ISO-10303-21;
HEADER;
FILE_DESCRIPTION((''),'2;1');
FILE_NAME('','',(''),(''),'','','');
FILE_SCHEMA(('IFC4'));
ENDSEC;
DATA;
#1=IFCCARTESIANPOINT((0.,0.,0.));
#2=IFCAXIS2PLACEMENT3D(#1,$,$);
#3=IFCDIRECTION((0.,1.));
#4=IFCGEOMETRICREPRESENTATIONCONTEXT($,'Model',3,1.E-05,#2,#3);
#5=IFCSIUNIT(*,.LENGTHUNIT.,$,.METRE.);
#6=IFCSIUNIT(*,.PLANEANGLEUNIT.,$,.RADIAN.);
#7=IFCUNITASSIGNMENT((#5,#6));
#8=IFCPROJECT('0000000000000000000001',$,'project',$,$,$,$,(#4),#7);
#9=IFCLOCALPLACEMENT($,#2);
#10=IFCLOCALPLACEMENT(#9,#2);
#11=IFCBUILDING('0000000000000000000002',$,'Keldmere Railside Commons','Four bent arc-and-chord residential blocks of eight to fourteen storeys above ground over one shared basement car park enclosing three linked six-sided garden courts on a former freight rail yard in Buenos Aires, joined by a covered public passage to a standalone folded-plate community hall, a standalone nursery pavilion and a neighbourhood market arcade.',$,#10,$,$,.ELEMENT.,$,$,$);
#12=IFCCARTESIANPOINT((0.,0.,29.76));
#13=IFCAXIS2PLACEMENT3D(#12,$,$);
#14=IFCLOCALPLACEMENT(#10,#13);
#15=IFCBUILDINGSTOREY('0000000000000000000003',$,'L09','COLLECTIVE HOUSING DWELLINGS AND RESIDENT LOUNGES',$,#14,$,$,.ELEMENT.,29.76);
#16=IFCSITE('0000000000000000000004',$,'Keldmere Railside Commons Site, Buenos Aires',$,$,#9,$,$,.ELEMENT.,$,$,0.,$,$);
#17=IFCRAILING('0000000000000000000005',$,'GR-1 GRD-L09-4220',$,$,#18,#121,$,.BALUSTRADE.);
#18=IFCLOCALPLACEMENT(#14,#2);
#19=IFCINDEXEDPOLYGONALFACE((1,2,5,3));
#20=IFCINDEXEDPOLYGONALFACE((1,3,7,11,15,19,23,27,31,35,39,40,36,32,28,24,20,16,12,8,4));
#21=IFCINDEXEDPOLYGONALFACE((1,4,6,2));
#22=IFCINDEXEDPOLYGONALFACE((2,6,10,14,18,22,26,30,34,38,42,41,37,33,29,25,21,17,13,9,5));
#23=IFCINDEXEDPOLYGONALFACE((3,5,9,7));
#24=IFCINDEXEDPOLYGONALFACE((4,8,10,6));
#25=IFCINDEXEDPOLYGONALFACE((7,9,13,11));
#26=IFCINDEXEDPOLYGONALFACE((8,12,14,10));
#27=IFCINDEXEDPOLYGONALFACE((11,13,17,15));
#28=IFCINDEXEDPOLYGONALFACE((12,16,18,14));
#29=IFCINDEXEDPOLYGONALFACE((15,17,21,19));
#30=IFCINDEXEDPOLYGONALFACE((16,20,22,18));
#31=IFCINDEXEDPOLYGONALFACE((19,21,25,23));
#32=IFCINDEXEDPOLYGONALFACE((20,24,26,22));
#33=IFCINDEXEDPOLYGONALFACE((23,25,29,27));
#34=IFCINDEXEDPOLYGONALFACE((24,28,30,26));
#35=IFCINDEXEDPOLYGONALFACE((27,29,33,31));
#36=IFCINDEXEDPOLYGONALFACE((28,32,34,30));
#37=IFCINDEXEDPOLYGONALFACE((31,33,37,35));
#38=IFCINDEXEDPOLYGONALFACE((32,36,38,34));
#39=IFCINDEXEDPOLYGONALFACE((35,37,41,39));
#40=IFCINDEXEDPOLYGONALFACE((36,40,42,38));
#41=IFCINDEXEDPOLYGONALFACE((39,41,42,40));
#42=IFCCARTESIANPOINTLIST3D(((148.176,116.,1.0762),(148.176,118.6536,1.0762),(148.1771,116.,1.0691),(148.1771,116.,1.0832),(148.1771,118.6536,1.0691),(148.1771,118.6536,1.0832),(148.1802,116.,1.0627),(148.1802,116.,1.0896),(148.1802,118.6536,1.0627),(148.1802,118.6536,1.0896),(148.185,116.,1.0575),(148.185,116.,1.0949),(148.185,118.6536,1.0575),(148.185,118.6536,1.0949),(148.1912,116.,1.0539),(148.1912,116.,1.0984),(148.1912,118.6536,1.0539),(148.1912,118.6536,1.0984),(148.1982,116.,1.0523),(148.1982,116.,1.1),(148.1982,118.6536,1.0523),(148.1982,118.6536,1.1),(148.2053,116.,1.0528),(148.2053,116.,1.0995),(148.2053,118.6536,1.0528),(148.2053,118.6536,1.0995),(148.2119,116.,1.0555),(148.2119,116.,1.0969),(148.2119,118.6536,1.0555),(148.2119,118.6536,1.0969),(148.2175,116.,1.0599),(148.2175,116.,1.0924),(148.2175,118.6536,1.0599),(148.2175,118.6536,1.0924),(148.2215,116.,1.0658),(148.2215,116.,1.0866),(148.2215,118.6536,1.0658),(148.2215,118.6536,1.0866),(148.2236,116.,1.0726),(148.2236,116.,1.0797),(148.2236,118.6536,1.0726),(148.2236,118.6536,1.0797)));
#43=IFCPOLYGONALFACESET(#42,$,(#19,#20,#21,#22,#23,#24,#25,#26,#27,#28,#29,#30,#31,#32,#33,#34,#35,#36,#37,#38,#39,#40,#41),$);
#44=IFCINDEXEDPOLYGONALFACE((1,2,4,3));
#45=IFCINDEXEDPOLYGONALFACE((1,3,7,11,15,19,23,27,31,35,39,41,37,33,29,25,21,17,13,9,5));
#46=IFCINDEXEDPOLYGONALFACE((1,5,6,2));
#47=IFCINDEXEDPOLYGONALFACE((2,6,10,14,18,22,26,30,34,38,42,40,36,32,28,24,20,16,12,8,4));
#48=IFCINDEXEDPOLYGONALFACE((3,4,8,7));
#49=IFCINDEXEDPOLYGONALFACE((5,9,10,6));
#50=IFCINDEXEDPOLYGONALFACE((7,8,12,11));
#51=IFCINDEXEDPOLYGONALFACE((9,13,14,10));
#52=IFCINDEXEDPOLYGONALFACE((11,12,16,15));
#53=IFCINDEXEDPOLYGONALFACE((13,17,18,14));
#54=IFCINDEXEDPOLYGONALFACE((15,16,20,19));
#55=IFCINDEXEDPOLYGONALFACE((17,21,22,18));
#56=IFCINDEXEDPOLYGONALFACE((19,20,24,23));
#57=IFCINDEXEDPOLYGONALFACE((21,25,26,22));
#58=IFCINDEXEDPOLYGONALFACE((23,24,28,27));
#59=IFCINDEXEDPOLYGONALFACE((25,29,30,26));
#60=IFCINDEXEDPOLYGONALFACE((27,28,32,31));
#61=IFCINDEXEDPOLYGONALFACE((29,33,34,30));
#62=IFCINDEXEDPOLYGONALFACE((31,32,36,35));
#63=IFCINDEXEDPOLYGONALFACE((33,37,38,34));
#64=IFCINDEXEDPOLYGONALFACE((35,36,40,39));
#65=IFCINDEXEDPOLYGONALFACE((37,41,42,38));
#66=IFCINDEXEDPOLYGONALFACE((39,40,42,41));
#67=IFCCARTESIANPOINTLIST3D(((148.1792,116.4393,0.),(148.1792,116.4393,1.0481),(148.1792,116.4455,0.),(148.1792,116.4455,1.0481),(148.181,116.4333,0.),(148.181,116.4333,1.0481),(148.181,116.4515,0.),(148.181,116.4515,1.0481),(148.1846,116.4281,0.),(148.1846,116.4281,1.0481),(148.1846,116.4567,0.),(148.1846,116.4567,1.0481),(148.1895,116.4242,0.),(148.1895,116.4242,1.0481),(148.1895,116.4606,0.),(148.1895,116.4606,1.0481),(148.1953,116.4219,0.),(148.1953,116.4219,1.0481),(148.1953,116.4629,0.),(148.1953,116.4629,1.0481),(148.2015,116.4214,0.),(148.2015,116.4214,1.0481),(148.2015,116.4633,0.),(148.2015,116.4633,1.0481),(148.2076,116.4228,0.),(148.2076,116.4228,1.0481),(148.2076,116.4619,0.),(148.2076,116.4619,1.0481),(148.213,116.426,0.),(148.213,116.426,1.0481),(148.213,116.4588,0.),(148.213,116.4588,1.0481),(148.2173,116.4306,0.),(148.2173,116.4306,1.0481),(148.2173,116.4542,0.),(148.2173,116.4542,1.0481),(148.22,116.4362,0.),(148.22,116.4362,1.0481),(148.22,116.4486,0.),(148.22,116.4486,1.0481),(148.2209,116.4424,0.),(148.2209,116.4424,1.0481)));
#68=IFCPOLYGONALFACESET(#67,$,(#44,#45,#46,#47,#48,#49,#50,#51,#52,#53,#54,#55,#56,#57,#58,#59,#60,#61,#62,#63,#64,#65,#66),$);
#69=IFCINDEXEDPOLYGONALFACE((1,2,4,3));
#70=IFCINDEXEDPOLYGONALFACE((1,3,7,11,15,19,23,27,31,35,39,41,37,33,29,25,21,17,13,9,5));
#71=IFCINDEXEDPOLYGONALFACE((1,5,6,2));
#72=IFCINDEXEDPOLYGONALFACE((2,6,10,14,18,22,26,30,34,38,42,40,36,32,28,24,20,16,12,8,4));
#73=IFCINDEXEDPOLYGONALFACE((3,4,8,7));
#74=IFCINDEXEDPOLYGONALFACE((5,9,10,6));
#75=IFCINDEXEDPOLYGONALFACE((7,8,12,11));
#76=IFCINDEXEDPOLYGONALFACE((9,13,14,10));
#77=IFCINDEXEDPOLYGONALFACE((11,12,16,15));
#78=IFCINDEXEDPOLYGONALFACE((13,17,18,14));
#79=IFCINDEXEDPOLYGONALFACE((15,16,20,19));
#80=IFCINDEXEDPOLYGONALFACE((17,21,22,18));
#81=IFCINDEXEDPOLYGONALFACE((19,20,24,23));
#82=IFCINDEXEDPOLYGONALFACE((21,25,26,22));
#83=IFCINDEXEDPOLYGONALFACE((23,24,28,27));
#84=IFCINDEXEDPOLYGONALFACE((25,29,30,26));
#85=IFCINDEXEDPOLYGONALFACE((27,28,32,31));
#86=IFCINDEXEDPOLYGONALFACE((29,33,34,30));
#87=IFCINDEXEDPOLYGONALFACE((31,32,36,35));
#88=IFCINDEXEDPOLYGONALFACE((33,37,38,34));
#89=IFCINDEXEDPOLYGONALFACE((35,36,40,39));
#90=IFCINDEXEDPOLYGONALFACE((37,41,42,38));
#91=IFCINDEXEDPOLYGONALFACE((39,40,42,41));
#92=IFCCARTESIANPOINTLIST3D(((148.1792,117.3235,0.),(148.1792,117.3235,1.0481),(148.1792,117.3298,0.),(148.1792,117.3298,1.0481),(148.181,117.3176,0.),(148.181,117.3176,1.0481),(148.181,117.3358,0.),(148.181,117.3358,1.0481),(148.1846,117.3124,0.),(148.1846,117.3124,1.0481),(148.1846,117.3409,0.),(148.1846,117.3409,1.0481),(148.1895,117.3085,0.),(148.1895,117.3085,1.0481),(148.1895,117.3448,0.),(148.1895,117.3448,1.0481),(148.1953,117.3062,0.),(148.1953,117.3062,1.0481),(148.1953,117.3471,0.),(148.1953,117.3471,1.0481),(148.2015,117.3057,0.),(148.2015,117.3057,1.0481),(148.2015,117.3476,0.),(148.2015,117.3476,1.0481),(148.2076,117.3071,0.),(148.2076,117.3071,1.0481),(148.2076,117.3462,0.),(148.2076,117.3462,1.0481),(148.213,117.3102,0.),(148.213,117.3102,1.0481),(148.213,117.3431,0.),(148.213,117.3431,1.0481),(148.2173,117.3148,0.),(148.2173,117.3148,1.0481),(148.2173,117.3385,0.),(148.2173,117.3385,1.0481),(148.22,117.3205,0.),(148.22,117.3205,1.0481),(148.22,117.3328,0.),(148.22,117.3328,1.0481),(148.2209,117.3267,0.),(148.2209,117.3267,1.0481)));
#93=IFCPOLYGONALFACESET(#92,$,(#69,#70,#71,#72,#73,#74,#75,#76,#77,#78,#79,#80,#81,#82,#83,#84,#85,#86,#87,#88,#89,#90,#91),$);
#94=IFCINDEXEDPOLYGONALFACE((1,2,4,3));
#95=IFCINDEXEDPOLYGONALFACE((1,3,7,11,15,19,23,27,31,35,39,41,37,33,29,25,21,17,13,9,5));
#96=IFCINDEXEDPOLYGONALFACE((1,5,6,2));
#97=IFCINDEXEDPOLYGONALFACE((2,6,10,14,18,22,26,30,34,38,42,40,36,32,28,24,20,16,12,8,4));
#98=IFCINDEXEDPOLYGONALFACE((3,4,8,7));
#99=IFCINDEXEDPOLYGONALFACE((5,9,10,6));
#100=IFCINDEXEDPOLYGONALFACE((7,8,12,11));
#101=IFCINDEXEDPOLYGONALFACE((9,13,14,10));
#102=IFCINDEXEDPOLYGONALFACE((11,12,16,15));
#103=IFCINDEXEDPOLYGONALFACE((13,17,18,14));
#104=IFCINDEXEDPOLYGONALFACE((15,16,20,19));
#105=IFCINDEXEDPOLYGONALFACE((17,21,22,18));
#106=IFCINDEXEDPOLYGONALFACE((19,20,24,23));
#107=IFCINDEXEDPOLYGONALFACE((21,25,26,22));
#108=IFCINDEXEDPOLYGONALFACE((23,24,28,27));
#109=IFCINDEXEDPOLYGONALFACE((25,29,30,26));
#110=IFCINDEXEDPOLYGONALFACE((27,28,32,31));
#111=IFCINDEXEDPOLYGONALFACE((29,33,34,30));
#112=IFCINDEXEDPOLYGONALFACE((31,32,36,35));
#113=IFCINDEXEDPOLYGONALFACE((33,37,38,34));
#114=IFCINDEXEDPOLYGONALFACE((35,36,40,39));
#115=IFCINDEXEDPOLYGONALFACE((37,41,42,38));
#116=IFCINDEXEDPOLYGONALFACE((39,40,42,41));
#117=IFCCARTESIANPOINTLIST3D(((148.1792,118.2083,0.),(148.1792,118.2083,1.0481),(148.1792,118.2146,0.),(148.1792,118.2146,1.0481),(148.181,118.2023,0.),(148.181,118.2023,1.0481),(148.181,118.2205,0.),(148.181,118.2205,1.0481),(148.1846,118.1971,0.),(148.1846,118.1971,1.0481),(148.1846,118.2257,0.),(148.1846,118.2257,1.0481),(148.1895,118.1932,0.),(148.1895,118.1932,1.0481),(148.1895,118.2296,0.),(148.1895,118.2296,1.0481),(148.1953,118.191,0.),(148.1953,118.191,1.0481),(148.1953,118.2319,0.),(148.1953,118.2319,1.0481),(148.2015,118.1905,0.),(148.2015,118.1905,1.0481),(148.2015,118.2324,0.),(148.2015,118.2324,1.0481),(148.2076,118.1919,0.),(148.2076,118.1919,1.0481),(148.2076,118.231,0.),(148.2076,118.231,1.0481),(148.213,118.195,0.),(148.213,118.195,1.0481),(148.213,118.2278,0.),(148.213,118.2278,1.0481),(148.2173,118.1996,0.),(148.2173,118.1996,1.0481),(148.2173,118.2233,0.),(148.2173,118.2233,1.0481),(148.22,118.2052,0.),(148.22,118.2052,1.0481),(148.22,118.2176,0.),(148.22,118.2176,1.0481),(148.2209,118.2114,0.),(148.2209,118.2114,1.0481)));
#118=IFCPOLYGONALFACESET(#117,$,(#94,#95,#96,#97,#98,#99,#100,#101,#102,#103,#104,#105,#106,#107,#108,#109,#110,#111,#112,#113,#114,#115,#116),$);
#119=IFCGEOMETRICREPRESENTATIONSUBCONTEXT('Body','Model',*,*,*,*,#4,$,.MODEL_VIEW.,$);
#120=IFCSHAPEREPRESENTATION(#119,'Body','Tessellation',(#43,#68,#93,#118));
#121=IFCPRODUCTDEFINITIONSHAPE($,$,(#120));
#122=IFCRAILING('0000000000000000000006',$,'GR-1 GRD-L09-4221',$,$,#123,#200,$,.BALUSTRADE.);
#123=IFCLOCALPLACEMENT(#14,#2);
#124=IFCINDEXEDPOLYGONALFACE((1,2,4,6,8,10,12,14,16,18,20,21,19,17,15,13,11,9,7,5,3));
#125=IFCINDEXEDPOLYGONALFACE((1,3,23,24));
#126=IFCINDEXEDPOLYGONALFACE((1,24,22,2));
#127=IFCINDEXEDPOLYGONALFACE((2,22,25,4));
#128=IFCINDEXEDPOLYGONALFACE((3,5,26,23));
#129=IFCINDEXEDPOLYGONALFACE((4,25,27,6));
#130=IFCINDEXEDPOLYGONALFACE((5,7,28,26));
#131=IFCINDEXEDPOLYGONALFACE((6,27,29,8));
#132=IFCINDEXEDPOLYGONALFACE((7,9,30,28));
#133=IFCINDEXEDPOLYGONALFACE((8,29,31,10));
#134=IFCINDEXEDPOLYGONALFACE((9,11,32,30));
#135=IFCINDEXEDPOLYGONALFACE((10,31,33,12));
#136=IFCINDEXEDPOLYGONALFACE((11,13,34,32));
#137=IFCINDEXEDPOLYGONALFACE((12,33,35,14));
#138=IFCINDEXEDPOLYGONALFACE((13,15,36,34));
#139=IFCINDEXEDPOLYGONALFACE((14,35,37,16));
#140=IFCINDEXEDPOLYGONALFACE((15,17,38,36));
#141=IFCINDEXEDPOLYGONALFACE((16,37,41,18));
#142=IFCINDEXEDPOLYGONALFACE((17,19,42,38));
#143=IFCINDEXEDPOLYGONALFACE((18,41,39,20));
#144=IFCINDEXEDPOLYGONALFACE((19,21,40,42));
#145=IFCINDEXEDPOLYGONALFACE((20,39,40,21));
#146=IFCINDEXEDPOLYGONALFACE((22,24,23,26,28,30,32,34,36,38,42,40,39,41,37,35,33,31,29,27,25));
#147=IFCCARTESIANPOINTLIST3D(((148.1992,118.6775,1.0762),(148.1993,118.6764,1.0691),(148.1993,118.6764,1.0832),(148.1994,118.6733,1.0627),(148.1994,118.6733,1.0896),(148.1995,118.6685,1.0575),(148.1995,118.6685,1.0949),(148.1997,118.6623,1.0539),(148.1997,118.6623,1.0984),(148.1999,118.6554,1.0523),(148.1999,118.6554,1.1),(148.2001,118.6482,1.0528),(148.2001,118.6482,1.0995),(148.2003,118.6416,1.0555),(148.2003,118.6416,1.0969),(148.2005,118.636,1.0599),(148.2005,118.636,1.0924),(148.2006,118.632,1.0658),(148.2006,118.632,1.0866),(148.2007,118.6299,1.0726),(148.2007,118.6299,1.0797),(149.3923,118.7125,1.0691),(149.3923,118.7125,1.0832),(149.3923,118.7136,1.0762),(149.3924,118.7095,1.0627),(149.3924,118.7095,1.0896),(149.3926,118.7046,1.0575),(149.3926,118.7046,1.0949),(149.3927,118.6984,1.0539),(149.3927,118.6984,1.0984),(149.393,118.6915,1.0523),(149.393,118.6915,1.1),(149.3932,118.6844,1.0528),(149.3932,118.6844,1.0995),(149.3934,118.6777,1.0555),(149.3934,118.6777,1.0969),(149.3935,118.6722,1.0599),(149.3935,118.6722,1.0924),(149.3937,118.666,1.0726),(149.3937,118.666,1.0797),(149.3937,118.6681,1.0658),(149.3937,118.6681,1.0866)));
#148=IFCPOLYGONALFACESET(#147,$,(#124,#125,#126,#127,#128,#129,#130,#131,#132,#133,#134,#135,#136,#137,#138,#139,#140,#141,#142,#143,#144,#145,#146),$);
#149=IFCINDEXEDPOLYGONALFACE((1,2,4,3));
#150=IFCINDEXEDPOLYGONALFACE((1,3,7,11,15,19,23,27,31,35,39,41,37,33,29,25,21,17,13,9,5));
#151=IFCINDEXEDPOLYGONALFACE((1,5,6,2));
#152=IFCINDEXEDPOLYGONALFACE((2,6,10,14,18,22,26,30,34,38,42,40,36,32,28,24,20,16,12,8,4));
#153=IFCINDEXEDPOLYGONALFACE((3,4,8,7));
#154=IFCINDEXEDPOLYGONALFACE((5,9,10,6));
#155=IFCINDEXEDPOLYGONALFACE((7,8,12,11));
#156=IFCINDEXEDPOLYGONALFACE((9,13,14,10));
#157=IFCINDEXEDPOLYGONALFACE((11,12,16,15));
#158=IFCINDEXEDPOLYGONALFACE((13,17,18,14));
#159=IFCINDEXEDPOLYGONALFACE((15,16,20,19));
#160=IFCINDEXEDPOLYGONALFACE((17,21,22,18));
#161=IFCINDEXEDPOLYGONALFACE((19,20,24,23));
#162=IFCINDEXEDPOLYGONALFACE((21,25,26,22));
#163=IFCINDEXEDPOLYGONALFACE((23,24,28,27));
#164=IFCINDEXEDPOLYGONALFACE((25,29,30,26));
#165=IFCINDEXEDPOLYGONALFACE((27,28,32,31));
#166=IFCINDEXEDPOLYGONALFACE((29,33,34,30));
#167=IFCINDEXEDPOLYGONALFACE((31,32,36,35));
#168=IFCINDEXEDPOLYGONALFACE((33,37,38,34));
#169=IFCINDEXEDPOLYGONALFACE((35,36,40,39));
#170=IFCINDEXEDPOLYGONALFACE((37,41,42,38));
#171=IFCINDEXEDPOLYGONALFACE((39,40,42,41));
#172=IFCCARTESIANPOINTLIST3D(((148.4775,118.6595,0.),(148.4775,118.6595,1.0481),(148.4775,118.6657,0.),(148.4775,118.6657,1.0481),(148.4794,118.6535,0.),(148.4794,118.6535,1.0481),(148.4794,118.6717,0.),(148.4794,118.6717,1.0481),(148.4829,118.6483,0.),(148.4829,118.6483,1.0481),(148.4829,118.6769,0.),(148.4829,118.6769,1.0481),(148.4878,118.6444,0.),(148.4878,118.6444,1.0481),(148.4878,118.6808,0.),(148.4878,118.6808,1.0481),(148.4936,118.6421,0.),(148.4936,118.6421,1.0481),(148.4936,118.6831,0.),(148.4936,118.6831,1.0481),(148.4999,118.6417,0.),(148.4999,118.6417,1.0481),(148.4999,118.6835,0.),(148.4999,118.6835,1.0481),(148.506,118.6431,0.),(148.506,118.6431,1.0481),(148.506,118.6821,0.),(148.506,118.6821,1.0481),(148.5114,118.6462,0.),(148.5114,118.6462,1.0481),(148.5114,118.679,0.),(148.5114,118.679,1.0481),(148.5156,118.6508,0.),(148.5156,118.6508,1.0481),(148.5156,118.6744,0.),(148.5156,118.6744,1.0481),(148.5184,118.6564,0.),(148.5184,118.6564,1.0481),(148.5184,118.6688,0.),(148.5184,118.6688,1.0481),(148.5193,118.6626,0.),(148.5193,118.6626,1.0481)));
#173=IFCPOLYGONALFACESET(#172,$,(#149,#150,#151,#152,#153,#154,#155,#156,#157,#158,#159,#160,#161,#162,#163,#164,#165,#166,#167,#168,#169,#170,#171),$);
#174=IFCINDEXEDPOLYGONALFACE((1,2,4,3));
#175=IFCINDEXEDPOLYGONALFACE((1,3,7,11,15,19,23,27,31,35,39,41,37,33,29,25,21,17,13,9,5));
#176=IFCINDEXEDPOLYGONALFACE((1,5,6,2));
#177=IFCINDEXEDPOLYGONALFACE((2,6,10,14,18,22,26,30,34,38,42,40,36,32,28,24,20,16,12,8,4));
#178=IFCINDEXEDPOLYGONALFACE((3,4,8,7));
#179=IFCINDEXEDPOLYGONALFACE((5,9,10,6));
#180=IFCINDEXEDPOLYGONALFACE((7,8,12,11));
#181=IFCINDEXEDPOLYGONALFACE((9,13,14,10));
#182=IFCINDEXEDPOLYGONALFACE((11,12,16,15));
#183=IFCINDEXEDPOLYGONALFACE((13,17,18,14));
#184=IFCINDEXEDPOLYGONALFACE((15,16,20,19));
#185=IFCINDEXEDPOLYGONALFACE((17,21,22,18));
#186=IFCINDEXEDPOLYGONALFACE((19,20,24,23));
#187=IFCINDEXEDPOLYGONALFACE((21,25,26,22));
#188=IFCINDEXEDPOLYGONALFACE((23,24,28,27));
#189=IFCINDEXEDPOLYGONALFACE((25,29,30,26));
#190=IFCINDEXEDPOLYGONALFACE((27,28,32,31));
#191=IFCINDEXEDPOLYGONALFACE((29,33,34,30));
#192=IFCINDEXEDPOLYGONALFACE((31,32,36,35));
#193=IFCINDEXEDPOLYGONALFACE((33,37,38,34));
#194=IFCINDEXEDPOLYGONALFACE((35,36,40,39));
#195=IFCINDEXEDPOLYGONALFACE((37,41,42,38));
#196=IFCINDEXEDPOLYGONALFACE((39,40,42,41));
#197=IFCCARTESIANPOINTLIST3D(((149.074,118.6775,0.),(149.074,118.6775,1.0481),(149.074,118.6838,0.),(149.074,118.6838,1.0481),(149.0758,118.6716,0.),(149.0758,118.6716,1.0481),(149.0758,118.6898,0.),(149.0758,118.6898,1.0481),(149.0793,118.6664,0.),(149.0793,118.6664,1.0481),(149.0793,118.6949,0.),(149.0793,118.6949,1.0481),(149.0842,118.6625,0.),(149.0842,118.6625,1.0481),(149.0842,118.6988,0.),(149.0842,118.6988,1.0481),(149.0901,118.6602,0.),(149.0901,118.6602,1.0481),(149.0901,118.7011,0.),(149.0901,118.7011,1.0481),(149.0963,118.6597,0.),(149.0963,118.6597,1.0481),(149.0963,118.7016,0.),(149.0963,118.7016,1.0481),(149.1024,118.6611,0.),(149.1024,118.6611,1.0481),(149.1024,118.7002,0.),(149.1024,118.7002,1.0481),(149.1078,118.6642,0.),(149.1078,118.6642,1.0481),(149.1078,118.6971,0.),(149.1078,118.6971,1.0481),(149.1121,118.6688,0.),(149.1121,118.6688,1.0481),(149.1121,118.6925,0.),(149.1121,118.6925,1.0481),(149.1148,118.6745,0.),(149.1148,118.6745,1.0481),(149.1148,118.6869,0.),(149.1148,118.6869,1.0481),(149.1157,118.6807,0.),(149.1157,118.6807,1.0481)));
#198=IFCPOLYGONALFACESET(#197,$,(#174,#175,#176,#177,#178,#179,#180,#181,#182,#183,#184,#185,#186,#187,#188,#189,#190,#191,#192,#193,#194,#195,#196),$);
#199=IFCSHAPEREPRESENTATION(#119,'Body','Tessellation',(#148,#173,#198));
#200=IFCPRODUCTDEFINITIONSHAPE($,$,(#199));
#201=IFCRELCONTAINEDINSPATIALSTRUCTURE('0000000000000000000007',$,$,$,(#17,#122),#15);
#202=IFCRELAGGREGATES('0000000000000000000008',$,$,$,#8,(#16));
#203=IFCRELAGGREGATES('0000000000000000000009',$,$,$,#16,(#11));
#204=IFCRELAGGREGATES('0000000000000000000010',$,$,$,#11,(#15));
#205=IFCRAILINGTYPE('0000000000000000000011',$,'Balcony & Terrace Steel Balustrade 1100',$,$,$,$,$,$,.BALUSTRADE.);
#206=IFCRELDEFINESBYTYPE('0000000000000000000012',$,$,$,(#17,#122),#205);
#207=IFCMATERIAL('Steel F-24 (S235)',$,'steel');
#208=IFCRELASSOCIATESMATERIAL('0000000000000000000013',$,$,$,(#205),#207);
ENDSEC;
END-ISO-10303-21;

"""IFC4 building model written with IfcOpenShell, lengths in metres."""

from ifc_helpers import new_model, si_unit, direction, frame, origin, origin_2d, place, context, subcontext, project, spatial, circle, extrude, material, type_object, element, save


model = new_model("IFC4")

# Units and contexts
model_context = context("Model", 3, precision=1e-05, world=origin(), true_north=direction((0.0, 1.0)))
body_context = subcontext(model_context, "Body", "Model", "MODEL_VIEW")
ifc_project = project(units=[si_unit("LENGTHUNIT", "METRE"), si_unit("PLANEANGLEUNIT", "RADIAN")], contexts=[model_context])

# Site, building, storey
site_placement = place(None, origin())
site = spatial("IfcSite", under=ifc_project, at=site_placement, Name="Keldmere Railside Commons Site, Buenos Aires", CompositionType="ELEMENT", RefElevation=0.0)
building_placement = place(site_placement, origin())
building = spatial("IfcBuilding", under=site, at=building_placement, Name="Keldmere Railside Commons", Description="Four bent arc-and-chord residential blocks of eight to fourteen storeys above ground over one shared basement car park enclosing three linked six-sided garden courts on a former freight rail yard in Buenos Aires, joined by a covered public passage to a standalone folded-plate community hall, a standalone nursery pavilion and a neighbourhood market arcade.", CompositionType="ELEMENT")
storey_placement = place(building_placement, frame((0.0, 0.0, 29.76)))
storey = spatial("IfcBuildingStorey", under=building, at=storey_placement, Name="L09", Description="COLLECTIVE HOUSING DWELLINGS AND RESIDENT LOUNGES", CompositionType="ELEMENT", Elevation=29.76)

# Shared definitions
ifc_material_1 = material(Name="Steel F-24 (S235)", Category="steel")

# Railings
railing_type = type_object("IfcRailingType", Name="Balcony & Terrace Steel Balustrade 1100", PredefinedType="BALUSTRADE", material=ifc_material_1)
railing_1_placement = place(storey_placement, frame((148.2, 116.0, 0.0)))
element("IfcRailing", 1, at=railing_1_placement, inside=storey, type_object=railing_type, Name="GR-1 GRD-L09-4220", PredefinedType="BALUSTRADE", context=body_context, shape_type="SweptSolid", body=[
    extrude(circle(Radius=0.0239, at=origin_2d()), frame((0.0, 0.0, 1.0762), z_axis=(0.0, 1.0, 0.0), x_axis=(-1.0, 0.0, 0.0)), (0.0, 0.0, 1.0), 2.6536),
    extrude(circle(Radius=0.021, at=origin_2d()), frame((0.0, 0.4424, 0.0)), (0.0, 0.0, 1.0), 1.0481),
    extrude(circle(Radius=0.021, at=origin_2d()), frame((0.0, 1.3267, 0.0)), (0.0, 0.0, 1.0), 1.0481),
    extrude(circle(Radius=0.021, at=origin_2d()), frame((0.0, 2.2114, 0.0)), (0.0, 0.0, 1.0), 1.0481),
])
railing_2_placement = place(storey_placement, frame((148.2, 118.6536, 0.0)))
element("IfcRailing", 2, at=railing_2_placement, inside=storey, type_object=railing_type, Name="GR-1 GRD-L09-4221", PredefinedType="BALUSTRADE", context=body_context, shape_type="SweptSolid", body=[
    extrude(circle(Radius=0.0239, at=origin_2d()), frame((0.0, 0.0, 1.0762), z_axis=(0.999542, 0.030271, 0.0), x_axis=(-0.030271, 0.999542, 0.0)), (0.0, 0.0, 1.0), 1.1936),
    extrude(circle(Radius=0.021, at=origin_2d()), frame((0.2983, 0.009, 0.0)), (0.0, 0.0, 1.0), 1.0481),
    extrude(circle(Radius=0.021, at=origin_2d()), frame((0.8948, 0.0271, 0.0)), (0.0, 0.0, 1.0), 1.0481),
])

save(model, "model.ifc")
